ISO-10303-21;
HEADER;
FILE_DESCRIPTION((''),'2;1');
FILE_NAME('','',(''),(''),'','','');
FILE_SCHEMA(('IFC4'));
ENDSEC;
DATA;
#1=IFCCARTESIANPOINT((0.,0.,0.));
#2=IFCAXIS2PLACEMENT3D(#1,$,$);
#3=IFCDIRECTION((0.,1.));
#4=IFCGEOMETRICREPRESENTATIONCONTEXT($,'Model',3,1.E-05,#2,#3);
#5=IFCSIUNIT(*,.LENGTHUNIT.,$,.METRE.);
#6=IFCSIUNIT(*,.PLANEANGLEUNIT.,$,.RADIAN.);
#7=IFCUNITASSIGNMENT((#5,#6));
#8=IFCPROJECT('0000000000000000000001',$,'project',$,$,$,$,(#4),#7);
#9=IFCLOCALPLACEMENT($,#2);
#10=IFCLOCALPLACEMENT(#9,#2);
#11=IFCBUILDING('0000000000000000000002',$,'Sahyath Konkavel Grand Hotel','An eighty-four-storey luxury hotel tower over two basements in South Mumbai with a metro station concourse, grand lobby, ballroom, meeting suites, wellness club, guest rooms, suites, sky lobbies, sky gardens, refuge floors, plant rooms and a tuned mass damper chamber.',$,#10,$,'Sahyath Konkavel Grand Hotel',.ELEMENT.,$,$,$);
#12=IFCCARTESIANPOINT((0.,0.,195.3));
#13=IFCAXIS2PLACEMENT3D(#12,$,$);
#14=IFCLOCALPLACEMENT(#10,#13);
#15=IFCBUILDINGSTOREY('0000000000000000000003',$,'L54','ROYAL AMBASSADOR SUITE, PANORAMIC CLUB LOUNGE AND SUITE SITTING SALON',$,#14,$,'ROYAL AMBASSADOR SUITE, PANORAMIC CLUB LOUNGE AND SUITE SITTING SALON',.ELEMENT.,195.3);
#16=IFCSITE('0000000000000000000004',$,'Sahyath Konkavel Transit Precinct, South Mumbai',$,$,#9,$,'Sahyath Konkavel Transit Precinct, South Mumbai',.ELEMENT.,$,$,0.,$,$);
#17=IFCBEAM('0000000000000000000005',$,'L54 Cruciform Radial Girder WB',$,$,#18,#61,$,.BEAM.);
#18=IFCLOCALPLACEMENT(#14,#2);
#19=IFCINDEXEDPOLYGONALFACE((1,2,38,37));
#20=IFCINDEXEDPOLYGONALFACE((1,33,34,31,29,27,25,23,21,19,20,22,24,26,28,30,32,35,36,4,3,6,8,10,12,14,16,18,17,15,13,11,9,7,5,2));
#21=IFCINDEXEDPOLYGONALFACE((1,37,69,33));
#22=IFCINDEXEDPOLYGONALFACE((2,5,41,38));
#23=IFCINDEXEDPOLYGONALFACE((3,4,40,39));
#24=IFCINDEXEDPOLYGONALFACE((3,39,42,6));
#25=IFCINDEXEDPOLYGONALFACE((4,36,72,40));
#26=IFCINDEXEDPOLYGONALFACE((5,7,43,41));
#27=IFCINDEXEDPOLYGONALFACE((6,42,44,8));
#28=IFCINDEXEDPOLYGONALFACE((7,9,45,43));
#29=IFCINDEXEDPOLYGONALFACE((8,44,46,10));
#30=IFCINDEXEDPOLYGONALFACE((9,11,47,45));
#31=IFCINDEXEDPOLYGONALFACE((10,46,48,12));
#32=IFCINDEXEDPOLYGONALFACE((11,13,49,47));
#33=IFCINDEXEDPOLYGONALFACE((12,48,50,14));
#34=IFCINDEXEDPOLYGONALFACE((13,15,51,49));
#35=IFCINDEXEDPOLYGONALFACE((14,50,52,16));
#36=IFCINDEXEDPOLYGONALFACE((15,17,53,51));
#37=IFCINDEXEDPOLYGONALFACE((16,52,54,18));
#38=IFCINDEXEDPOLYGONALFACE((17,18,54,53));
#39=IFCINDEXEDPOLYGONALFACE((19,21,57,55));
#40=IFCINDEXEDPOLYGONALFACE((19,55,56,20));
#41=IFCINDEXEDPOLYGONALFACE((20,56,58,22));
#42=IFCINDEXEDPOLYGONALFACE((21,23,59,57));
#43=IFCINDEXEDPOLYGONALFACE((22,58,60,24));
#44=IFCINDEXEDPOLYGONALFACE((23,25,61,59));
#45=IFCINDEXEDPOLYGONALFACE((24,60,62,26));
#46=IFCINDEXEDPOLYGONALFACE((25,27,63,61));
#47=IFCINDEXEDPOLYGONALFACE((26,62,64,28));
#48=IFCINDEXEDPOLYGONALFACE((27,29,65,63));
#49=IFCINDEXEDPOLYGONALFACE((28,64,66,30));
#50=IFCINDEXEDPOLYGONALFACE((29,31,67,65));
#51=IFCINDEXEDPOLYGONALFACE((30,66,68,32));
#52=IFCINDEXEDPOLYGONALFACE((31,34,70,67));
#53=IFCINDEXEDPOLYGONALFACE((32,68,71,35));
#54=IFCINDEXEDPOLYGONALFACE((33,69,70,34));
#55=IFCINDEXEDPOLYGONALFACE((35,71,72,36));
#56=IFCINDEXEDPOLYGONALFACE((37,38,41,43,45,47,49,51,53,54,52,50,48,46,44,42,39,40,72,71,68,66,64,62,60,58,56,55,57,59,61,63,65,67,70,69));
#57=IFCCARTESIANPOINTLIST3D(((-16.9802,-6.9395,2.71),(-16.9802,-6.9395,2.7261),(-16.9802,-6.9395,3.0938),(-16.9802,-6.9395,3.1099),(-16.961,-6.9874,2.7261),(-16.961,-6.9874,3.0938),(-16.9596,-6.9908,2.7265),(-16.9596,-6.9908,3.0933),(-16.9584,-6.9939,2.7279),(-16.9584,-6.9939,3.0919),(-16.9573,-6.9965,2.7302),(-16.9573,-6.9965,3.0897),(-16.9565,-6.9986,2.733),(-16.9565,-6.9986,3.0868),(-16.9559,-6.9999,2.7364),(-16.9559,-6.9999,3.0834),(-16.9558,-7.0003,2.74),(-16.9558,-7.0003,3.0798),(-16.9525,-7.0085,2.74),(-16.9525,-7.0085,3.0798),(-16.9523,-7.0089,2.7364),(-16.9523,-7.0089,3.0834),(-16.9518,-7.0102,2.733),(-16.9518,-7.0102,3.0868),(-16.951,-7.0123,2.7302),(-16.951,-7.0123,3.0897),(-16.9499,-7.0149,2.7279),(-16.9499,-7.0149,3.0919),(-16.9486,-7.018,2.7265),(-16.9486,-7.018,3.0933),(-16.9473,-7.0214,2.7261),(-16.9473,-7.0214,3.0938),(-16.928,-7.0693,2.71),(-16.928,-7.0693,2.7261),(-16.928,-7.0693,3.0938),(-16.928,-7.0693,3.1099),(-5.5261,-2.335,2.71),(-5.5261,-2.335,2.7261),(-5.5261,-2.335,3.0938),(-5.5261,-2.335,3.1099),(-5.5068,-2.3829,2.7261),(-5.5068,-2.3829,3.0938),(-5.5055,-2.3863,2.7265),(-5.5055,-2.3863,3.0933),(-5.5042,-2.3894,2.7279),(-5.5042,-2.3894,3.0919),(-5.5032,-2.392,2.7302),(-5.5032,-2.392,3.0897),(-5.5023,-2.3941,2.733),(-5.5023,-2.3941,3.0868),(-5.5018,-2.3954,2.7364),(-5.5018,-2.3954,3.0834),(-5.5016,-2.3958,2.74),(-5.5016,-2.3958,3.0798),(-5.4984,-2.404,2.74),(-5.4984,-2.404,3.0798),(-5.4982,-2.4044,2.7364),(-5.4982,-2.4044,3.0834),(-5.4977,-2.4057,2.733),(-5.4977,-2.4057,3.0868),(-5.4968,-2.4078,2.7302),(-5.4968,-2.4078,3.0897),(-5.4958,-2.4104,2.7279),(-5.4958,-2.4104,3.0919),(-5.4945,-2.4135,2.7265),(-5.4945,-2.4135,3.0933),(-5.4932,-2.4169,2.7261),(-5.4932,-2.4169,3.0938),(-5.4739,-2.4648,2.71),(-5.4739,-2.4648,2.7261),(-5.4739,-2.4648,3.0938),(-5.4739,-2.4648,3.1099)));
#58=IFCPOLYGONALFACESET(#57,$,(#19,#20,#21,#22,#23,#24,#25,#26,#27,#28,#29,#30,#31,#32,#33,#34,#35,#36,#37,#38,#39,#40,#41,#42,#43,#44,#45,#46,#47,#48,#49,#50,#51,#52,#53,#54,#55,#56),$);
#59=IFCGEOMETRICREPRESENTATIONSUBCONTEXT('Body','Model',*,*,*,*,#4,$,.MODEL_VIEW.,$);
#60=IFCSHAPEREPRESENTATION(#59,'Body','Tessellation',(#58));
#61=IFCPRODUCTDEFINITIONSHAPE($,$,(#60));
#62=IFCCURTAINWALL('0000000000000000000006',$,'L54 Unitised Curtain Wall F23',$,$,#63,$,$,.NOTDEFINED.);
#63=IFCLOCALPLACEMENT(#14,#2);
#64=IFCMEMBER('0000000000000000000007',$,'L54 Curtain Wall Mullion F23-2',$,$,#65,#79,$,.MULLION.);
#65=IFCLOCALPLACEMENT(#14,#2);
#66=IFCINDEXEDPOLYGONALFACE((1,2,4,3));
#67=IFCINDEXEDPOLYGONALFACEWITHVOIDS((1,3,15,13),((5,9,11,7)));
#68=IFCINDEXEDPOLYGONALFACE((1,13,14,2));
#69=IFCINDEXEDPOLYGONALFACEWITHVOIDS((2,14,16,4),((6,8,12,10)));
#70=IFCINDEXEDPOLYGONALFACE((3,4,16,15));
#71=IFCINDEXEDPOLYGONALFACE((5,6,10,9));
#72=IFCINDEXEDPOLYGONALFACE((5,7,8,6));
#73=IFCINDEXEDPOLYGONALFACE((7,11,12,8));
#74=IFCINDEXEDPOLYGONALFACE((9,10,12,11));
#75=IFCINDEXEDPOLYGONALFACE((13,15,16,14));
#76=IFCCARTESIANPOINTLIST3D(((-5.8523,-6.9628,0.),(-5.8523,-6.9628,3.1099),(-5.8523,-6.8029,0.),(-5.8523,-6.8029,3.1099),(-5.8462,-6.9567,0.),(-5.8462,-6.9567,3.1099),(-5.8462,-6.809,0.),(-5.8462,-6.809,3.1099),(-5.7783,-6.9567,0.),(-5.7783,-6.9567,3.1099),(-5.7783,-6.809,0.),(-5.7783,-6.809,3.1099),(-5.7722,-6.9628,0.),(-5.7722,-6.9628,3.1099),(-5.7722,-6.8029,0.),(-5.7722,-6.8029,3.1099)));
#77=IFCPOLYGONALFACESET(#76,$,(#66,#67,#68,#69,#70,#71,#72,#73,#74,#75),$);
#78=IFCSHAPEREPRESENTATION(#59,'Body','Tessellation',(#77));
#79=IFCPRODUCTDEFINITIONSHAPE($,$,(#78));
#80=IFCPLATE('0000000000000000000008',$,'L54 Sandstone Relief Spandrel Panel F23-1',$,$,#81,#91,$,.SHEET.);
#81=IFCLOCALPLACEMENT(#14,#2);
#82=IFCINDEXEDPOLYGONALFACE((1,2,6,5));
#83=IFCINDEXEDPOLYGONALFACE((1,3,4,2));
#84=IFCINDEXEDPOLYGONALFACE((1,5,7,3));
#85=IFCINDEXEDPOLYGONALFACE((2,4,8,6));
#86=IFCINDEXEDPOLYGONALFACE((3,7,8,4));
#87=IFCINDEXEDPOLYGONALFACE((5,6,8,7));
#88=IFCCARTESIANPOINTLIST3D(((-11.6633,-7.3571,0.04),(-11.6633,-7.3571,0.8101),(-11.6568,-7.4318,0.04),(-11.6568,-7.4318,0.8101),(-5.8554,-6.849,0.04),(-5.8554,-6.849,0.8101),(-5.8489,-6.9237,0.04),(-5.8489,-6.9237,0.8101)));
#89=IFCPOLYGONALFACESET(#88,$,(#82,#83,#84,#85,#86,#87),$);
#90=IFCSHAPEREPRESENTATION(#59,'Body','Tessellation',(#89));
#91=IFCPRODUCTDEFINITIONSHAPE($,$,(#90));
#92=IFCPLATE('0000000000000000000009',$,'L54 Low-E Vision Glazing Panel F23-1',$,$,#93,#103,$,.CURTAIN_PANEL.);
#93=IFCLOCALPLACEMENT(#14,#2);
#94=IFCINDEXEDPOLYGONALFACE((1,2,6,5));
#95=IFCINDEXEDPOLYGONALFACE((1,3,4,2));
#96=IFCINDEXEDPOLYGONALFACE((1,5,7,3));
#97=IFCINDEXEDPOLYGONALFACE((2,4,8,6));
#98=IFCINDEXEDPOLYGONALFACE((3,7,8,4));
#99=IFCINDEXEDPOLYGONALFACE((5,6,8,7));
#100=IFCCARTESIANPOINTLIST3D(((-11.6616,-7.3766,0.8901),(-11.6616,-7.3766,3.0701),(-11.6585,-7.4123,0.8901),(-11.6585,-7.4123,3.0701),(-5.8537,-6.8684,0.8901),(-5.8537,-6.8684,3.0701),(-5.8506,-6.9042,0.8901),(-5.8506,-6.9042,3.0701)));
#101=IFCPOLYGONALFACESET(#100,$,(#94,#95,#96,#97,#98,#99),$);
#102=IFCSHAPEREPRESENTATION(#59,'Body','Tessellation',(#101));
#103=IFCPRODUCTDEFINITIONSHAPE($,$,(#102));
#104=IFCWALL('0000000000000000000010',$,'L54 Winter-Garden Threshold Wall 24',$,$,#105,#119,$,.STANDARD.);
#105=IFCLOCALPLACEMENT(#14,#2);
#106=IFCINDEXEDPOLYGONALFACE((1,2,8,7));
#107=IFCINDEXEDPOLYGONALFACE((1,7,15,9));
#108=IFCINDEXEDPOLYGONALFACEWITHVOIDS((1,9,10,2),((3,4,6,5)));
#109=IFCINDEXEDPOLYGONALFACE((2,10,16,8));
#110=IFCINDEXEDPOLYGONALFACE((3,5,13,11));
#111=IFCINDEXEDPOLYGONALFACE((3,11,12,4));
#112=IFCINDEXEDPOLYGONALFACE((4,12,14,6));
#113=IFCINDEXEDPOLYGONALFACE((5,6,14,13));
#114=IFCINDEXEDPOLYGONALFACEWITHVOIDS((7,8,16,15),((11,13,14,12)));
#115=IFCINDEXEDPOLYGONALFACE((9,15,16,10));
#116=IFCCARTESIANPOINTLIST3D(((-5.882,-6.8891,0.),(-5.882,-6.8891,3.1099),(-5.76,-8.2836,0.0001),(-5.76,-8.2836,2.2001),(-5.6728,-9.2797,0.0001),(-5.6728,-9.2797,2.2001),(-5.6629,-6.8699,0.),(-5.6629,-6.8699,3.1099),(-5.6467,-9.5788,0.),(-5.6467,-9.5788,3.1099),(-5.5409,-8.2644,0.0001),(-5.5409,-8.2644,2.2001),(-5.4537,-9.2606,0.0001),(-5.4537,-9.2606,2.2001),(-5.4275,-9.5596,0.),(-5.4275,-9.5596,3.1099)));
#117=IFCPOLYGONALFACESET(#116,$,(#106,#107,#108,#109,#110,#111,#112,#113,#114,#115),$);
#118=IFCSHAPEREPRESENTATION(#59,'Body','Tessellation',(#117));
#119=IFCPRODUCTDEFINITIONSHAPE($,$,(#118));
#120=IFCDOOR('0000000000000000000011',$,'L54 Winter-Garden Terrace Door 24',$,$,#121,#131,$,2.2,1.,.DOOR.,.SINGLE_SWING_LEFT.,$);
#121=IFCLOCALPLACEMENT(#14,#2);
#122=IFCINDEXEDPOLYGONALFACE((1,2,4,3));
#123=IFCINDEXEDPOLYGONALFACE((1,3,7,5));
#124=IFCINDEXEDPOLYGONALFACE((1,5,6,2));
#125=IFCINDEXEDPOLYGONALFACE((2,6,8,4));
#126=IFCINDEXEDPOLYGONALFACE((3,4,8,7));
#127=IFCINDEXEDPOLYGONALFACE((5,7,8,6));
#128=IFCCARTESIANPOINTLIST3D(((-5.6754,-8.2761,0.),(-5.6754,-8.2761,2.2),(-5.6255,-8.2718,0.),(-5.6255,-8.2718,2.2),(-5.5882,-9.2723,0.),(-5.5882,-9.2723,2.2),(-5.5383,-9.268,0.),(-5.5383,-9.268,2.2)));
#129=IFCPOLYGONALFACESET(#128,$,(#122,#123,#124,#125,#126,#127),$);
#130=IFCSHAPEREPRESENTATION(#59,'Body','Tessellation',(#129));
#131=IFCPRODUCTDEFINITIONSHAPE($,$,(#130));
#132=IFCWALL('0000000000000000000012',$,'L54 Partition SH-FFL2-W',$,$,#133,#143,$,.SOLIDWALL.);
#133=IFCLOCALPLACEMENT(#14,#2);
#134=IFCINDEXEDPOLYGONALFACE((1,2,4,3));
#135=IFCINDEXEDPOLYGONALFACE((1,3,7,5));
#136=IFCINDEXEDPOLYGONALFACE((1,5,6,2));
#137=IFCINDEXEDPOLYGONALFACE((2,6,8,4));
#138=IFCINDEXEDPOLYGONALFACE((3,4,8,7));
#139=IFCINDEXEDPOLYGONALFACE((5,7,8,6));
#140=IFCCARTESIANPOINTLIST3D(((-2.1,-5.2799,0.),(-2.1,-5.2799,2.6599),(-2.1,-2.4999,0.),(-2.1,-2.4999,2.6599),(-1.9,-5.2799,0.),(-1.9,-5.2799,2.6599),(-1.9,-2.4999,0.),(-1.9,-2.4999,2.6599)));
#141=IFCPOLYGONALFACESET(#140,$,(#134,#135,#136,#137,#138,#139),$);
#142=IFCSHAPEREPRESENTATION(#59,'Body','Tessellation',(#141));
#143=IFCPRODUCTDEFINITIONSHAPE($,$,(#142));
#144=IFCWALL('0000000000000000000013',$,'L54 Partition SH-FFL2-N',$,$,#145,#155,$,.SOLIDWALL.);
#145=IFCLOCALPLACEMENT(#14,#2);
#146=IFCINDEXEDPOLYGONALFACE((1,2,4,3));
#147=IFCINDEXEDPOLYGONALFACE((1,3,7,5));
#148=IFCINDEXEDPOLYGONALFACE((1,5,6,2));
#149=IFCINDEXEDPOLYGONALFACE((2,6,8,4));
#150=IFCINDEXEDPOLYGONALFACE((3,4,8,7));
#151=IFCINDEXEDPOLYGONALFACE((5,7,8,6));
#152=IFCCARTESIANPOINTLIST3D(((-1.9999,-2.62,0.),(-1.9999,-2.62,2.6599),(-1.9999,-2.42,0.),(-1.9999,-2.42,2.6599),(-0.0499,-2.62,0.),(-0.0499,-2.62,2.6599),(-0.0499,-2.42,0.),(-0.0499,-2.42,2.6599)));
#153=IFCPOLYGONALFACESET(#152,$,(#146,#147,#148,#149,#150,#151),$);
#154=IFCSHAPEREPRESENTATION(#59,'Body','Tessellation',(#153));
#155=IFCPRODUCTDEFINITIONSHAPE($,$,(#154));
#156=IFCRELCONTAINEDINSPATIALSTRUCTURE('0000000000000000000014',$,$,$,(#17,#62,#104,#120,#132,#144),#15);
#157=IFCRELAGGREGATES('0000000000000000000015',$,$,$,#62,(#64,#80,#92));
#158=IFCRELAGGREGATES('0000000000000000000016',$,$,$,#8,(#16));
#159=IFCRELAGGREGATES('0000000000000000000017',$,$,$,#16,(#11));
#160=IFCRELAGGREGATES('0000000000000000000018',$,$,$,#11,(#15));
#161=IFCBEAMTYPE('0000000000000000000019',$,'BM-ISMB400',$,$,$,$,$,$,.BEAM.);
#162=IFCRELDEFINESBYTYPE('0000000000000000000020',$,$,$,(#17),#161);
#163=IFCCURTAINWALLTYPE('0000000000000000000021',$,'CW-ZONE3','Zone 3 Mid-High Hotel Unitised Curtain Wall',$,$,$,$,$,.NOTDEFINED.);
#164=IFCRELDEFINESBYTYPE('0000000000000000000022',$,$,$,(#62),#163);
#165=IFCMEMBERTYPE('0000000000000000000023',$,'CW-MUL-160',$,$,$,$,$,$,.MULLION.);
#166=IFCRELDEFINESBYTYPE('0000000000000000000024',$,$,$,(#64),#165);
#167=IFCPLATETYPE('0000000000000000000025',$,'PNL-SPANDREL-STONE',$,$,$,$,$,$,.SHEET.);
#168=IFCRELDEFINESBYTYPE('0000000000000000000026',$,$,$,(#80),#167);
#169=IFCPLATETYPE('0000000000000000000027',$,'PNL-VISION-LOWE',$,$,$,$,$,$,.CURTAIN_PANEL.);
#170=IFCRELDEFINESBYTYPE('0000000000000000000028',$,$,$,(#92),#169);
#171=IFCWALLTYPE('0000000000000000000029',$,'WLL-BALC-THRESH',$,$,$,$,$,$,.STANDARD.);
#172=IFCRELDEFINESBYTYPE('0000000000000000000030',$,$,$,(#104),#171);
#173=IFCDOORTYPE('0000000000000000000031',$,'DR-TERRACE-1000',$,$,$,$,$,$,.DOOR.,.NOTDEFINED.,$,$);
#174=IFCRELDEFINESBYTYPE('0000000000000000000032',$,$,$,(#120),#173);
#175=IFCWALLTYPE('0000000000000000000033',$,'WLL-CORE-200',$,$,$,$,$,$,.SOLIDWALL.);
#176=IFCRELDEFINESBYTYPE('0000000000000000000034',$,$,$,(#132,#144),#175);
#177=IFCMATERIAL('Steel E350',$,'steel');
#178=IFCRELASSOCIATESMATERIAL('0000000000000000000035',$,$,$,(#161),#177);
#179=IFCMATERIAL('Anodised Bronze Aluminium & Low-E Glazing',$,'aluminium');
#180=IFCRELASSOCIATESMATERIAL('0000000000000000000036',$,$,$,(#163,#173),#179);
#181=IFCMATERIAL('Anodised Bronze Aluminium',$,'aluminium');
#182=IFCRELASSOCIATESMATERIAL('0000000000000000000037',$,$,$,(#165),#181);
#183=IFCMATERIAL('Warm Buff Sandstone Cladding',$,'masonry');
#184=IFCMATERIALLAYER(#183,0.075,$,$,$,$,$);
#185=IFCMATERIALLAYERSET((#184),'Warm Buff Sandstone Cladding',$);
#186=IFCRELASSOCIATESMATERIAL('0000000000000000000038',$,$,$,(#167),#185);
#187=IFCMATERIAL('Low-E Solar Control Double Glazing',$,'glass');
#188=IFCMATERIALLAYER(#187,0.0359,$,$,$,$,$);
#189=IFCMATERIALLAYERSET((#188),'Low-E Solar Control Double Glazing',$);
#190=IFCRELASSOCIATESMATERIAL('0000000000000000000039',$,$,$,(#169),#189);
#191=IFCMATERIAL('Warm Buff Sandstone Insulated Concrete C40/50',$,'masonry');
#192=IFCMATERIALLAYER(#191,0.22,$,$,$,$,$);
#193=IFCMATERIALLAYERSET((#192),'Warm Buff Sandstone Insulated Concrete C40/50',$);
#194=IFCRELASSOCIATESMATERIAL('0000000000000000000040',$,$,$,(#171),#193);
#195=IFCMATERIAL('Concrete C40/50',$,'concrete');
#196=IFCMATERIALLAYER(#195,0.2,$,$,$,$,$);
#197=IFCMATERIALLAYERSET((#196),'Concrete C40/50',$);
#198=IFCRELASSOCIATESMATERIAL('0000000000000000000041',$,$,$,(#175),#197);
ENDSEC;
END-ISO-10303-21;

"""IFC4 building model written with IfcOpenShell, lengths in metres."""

from ifc_helpers import new_model, si_unit, direction, frame, frame_2d, origin, origin_2d, place, context, subcontext, project, spatial, rectangle, hollow_rectangle, i_section, extrude, source, transform, mapped, material, layer, layer_set, material_profile, profile_set, type_object, element, fill, aggregate, save


model = new_model("IFC4")

# Units and contexts
model_context = context("Model", 3, precision=1e-05, world=origin(), true_north=direction((0.0, 1.0)))
body_context = subcontext(model_context, "Body", "Model", "MODEL_VIEW")
ifc_project = project(units=[si_unit("LENGTHUNIT", "METRE"), si_unit("PLANEANGLEUNIT", "RADIAN")], contexts=[model_context])

# Site, building, storey
site_placement = place(None, origin())
site = spatial("IfcSite", under=ifc_project, at=site_placement, Name="Sahyath Konkavel Transit Precinct, South Mumbai", LongName="Sahyath Konkavel Transit Precinct, South Mumbai", CompositionType="ELEMENT", RefElevation=0.0)
building_placement = place(site_placement, origin())
building = spatial("IfcBuilding", under=site, at=building_placement, Name="Sahyath Konkavel Grand Hotel", Description="An eighty-four-storey luxury hotel tower over two basements in South Mumbai with a metro station concourse, grand lobby, ballroom, meeting suites, wellness club, guest rooms, suites, sky lobbies, sky gardens, refuge floors, plant rooms and a tuned mass damper chamber.", LongName="Sahyath Konkavel Grand Hotel", CompositionType="ELEMENT")
storey_placement = place(building_placement, frame((0.0, 0.0, 195.3)))
storey = spatial("IfcBuildingStorey", under=building, at=storey_placement, Name="L54", Description="ROYAL AMBASSADOR SUITE, PANORAMIC CLUB LOUNGE AND SUITE SITTING SALON", LongName="ROYAL AMBASSADOR SUITE, PANORAMIC CLUB LOUNGE AND SUITE SITTING SALON", CompositionType="ELEMENT", Elevation=195.3)

# Beam
ifc_material_1 = material(Name="Steel E350", Category="steel")
ifc_material_profile_1 = material_profile(ifc_material_1, i_section(OverallWidth=0.1399, OverallDepth=0.3999, WebThickness=0.0088, FlangeThickness=0.0161, FilletRadius=0.0139, at=origin_2d()), Name="ISMB 400")
ifc_profile_set_1 = profile_set([ifc_material_profile_1], Name="Steel E350")
beam_type_1 = type_object("IfcBeamType", Name="BM-ISMB400", PredefinedType="BEAM", material=ifc_profile_set_1)
shared_shape_1 = source(origin(), body_context, "Body", "SweptSolid", [
    extrude(i_section(OverallWidth=0.1399, OverallDepth=0.3999, WebThickness=0.0088, FlangeThickness=0.0161, FilletRadius=0.0139, at=origin_2d()), origin(), (0.0, 0.0, 1.0), 12.345),
])
beam_1_placement = place(storey_placement, frame((-5.5, -2.3999, 2.9099), z_axis=(-0.927837, -0.372986, 0.0), x_axis=(0.372986, -0.927837, 0.0)))
element("IfcBeam", 1, at=beam_1_placement, inside=storey, type_object=beam_type_1, Name="L54 Cruciform Radial Girder WB", PredefinedType="BEAM", context=body_context, shape_type="MappedRepresentation", body=[
    mapped(shared_shape_1, transform((0.0, 0.0, 0.0), scale=1.0)),
])

# Curtain wall, member, plates
ifc_material_2 = material(Name="Anodised Bronze Aluminium & Low-E Glazing", Category="aluminium")
curtain_wall_type = type_object("IfcCurtainWallType", Name="CW-ZONE3", Description="Zone 3 Mid-High Hotel Unitised Curtain Wall", PredefinedType="NOTDEFINED", material=ifc_material_2)
curtain_wall_placement = place(storey_placement, origin())
curtain_wall = element("IfcCurtainWall", 2, at=curtain_wall_placement, inside=storey, type_object=curtain_wall_type, Name="L54 Unitised Curtain Wall F23", PredefinedType="NOTDEFINED")
ifc_material_3 = material(Name="Anodised Bronze Aluminium", Category="aluminium")
ifc_material_profile_2 = material_profile(ifc_material_3, hollow_rectangle(XDim=0.0801, YDim=0.1599, WallThickness=0.0061, at=origin_2d()), Name="RHS 160x80x6")
ifc_profile_set_2 = profile_set([ifc_material_profile_2], Name="Anodised Bronze Aluminium")
member_type = type_object("IfcMemberType", Name="CW-MUL-160", PredefinedType="MULLION", material=ifc_profile_set_2)
shared_shape_2 = source(origin(), body_context, "Body", "SweptSolid", [
    extrude(hollow_rectangle(XDim=0.0801, YDim=0.1599, WallThickness=0.0061, at=origin_2d()), origin(), (0.0, 0.0, 1.0), 3.1099),
])
member_placement = place(storey_placement, frame((-5.8123, -6.8828, 0.0), z_axis=(0.0, 0.0, 1.0), x_axis=(1.0, 0.0, 0.0)))
member = element("IfcMember", 3, at=member_placement, type_object=member_type, Name="L54 Curtain Wall Mullion F23-2", PredefinedType="MULLION", context=body_context, shape_type="MappedRepresentation", body=[
    mapped(shared_shape_2, transform((0.0, 0.0, 0.0), scale=1.0)),
])
ifc_material_4 = material(Name="Warm Buff Sandstone Cladding", Category="masonry")
ifc_layer_1 = layer(ifc_material_4, 0.075)
ifc_layer_set_1 = layer_set([ifc_layer_1], Name="Warm Buff Sandstone Cladding")
plate_type_1 = type_object("IfcPlateType", Name="PNL-SPANDREL-STONE", PredefinedType="SHEET", material=ifc_layer_set_1)
shared_shape_3 = source(origin(), body_context, "Body", "SweptSolid", [
    extrude(rectangle(XDim=5.8301, YDim=0.075, at=origin_2d()), origin(), (0.0, 0.0, 1.0), 0.77),
])
plate_1_placement = place(storey_placement, frame((-8.7561, -7.1404, 0.04), z_axis=(0.0, 0.0, 1.0), x_axis=(0.996195, 0.087156, 0.0)))
plate_1 = element("IfcPlate", 4, at=plate_1_placement, type_object=plate_type_1, Name="L54 Sandstone Relief Spandrel Panel F23-1", PredefinedType="SHEET", context=body_context, shape_type="MappedRepresentation", body=[
    mapped(shared_shape_3, transform((0.0, 0.0, 0.0), scale=1.0)),
])
ifc_material_5 = material(Name="Low-E Solar Control Double Glazing", Category="glass")
ifc_layer_2 = layer(ifc_material_5, 0.0359)
ifc_layer_set_2 = layer_set([ifc_layer_2], Name="Low-E Solar Control Double Glazing")
plate_type_2 = type_object("IfcPlateType", Name="PNL-VISION-LOWE", PredefinedType="CURTAIN_PANEL", material=ifc_layer_set_2)
shared_shape_4 = source(origin(), body_context, "Body", "SweptSolid", [
    extrude(rectangle(XDim=5.8301, YDim=0.0359, at=origin_2d()), origin(), (0.0, 0.0, 1.0), 2.1799),
])
plate_2_placement = place(storey_placement, frame((-8.7561, -7.1404, 0.8901), z_axis=(0.0, 0.0, 1.0), x_axis=(0.996195, 0.087156, 0.0)))
plate_2 = element("IfcPlate", 5, at=plate_2_placement, type_object=plate_type_2, Name="L54 Low-E Vision Glazing Panel F23-1", PredefinedType="CURTAIN_PANEL", context=body_context, shape_type="MappedRepresentation", body=[
    mapped(shared_shape_4, transform((0.0, 0.0, 0.0), scale=1.0)),
])
aggregate(curtain_wall, [member, plate_1, plate_2])

# Wall, opening, door
ifc_material_6 = material(Name="Warm Buff Sandstone Insulated Concrete C40/50", Category="masonry")
ifc_layer_3 = layer(ifc_material_6, 0.22)
ifc_layer_set_3 = layer_set([ifc_layer_3], Name="Warm Buff Sandstone Insulated Concrete C40/50")
wall_type_1 = type_object("IfcWallType", Name="WLL-BALC-THRESH", PredefinedType="STANDARD", material=ifc_layer_set_3)
wall_1_placement = place(storey_placement, frame((-5.7725, -6.8794, 0.0), z_axis=(0.0, 0.0, 1.0), x_axis=(0.087168, -0.996194, 0.0)))
wall_1 = element("IfcWall", 6, at=wall_1_placement, inside=storey, type_object=wall_type_1, Name="L54 Winter-Garden Threshold Wall 24", PredefinedType="STANDARD", context=body_context, shape_type="SweptSolid", body=[
    extrude(rectangle(XDim=2.7, YDim=0.22, at=frame_2d((1.3501, 0.0))), origin(), (0.0, 0.0, 1.0), 3.1099),
])
opening_1_placement = place(wall_1_placement, frame((1.3999, 0.0, 0.0)))
opening_1 = element("IfcOpeningElement", 7, at=opening_1_placement, cuts=wall_1, PredefinedType="OPENING", context=body_context, shape_type="SweptSolid", body=[
    extrude(rectangle(XDim=1.0, YDim=2.2, at=frame_2d((0.5, 1.1001))), frame((0.0, 0.1201, 0.0), z_axis=(0.0, -1.0, 0.0), x_axis=(1.0, 0.0, 0.0)), (0.0, 0.0, 1.0), 0.24),
])
door_type_1 = type_object("IfcDoorType", Name="DR-TERRACE-1000", OperationType="NOTDEFINED", PredefinedType="DOOR", material=ifc_material_2)
shared_shape_5 = source(origin(), body_context, "Body", "SweptSolid", [
    extrude(rectangle(XDim=1.0, YDim=0.05, at=origin_2d()), origin(), (0.0, 0.0, 1.0), 2.2),
])
door_1_placement = place(opening_1_placement, frame((0.5, 0.0, 0.0)))
door_1 = element("IfcDoor", 8, at=door_1_placement, inside=storey, type_object=door_type_1, Name="L54 Winter-Garden Terrace Door 24", OperationType="SINGLE_SWING_LEFT", OverallHeight=2.2, OverallWidth=1.0, PredefinedType="DOOR", context=body_context, shape_type="MappedRepresentation", body=[
    mapped(shared_shape_5, transform((0.0, 0.0, 0.0), scale=1.0)),
])
fill(opening_1, door_1)

# Walls
ifc_material_7 = material(Name="Concrete C40/50", Category="concrete")
ifc_layer_4 = layer(ifc_material_7, 0.2)
ifc_layer_set_4 = layer_set([ifc_layer_4], Name="Concrete C40/50")
wall_type_2 = type_object("IfcWallType", Name="WLL-CORE-200", PredefinedType="SOLIDWALL", material=ifc_layer_set_4)
wall_2_placement = place(storey_placement, frame((-2.0, -5.28, 0.0), z_axis=(0.0, 0.0, 1.0), x_axis=(0.0, 1.0, 0.0)))
element("IfcWall", 9, at=wall_2_placement, inside=storey, type_object=wall_type_2, Name="L54 Partition SH-FFL2-W", PredefinedType="SOLIDWALL", context=body_context, shape_type="SweptSolid", body=[
    extrude(rectangle(XDim=2.78, YDim=0.2, at=frame_2d((1.3901, 0.0))), origin(), (0.0, 0.0, 1.0), 2.6599),
])
wall_3_placement = place(storey_placement, frame((-2.0, -2.52, 0.0), z_axis=(0.0, 0.0, 1.0), x_axis=(1.0, 0.0, 0.0)))
element("IfcWall", 10, at=wall_3_placement, inside=storey, type_object=wall_type_2, Name="L54 Partition SH-FFL2-N", PredefinedType="SOLIDWALL", context=body_context, shape_type="SweptSolid", body=[
    extrude(rectangle(XDim=1.95, YDim=0.2, at=frame_2d((0.9751, 0.0))), origin(), (0.0, 0.0, 1.0), 2.6599),
])

save(model, "model.ifc")
